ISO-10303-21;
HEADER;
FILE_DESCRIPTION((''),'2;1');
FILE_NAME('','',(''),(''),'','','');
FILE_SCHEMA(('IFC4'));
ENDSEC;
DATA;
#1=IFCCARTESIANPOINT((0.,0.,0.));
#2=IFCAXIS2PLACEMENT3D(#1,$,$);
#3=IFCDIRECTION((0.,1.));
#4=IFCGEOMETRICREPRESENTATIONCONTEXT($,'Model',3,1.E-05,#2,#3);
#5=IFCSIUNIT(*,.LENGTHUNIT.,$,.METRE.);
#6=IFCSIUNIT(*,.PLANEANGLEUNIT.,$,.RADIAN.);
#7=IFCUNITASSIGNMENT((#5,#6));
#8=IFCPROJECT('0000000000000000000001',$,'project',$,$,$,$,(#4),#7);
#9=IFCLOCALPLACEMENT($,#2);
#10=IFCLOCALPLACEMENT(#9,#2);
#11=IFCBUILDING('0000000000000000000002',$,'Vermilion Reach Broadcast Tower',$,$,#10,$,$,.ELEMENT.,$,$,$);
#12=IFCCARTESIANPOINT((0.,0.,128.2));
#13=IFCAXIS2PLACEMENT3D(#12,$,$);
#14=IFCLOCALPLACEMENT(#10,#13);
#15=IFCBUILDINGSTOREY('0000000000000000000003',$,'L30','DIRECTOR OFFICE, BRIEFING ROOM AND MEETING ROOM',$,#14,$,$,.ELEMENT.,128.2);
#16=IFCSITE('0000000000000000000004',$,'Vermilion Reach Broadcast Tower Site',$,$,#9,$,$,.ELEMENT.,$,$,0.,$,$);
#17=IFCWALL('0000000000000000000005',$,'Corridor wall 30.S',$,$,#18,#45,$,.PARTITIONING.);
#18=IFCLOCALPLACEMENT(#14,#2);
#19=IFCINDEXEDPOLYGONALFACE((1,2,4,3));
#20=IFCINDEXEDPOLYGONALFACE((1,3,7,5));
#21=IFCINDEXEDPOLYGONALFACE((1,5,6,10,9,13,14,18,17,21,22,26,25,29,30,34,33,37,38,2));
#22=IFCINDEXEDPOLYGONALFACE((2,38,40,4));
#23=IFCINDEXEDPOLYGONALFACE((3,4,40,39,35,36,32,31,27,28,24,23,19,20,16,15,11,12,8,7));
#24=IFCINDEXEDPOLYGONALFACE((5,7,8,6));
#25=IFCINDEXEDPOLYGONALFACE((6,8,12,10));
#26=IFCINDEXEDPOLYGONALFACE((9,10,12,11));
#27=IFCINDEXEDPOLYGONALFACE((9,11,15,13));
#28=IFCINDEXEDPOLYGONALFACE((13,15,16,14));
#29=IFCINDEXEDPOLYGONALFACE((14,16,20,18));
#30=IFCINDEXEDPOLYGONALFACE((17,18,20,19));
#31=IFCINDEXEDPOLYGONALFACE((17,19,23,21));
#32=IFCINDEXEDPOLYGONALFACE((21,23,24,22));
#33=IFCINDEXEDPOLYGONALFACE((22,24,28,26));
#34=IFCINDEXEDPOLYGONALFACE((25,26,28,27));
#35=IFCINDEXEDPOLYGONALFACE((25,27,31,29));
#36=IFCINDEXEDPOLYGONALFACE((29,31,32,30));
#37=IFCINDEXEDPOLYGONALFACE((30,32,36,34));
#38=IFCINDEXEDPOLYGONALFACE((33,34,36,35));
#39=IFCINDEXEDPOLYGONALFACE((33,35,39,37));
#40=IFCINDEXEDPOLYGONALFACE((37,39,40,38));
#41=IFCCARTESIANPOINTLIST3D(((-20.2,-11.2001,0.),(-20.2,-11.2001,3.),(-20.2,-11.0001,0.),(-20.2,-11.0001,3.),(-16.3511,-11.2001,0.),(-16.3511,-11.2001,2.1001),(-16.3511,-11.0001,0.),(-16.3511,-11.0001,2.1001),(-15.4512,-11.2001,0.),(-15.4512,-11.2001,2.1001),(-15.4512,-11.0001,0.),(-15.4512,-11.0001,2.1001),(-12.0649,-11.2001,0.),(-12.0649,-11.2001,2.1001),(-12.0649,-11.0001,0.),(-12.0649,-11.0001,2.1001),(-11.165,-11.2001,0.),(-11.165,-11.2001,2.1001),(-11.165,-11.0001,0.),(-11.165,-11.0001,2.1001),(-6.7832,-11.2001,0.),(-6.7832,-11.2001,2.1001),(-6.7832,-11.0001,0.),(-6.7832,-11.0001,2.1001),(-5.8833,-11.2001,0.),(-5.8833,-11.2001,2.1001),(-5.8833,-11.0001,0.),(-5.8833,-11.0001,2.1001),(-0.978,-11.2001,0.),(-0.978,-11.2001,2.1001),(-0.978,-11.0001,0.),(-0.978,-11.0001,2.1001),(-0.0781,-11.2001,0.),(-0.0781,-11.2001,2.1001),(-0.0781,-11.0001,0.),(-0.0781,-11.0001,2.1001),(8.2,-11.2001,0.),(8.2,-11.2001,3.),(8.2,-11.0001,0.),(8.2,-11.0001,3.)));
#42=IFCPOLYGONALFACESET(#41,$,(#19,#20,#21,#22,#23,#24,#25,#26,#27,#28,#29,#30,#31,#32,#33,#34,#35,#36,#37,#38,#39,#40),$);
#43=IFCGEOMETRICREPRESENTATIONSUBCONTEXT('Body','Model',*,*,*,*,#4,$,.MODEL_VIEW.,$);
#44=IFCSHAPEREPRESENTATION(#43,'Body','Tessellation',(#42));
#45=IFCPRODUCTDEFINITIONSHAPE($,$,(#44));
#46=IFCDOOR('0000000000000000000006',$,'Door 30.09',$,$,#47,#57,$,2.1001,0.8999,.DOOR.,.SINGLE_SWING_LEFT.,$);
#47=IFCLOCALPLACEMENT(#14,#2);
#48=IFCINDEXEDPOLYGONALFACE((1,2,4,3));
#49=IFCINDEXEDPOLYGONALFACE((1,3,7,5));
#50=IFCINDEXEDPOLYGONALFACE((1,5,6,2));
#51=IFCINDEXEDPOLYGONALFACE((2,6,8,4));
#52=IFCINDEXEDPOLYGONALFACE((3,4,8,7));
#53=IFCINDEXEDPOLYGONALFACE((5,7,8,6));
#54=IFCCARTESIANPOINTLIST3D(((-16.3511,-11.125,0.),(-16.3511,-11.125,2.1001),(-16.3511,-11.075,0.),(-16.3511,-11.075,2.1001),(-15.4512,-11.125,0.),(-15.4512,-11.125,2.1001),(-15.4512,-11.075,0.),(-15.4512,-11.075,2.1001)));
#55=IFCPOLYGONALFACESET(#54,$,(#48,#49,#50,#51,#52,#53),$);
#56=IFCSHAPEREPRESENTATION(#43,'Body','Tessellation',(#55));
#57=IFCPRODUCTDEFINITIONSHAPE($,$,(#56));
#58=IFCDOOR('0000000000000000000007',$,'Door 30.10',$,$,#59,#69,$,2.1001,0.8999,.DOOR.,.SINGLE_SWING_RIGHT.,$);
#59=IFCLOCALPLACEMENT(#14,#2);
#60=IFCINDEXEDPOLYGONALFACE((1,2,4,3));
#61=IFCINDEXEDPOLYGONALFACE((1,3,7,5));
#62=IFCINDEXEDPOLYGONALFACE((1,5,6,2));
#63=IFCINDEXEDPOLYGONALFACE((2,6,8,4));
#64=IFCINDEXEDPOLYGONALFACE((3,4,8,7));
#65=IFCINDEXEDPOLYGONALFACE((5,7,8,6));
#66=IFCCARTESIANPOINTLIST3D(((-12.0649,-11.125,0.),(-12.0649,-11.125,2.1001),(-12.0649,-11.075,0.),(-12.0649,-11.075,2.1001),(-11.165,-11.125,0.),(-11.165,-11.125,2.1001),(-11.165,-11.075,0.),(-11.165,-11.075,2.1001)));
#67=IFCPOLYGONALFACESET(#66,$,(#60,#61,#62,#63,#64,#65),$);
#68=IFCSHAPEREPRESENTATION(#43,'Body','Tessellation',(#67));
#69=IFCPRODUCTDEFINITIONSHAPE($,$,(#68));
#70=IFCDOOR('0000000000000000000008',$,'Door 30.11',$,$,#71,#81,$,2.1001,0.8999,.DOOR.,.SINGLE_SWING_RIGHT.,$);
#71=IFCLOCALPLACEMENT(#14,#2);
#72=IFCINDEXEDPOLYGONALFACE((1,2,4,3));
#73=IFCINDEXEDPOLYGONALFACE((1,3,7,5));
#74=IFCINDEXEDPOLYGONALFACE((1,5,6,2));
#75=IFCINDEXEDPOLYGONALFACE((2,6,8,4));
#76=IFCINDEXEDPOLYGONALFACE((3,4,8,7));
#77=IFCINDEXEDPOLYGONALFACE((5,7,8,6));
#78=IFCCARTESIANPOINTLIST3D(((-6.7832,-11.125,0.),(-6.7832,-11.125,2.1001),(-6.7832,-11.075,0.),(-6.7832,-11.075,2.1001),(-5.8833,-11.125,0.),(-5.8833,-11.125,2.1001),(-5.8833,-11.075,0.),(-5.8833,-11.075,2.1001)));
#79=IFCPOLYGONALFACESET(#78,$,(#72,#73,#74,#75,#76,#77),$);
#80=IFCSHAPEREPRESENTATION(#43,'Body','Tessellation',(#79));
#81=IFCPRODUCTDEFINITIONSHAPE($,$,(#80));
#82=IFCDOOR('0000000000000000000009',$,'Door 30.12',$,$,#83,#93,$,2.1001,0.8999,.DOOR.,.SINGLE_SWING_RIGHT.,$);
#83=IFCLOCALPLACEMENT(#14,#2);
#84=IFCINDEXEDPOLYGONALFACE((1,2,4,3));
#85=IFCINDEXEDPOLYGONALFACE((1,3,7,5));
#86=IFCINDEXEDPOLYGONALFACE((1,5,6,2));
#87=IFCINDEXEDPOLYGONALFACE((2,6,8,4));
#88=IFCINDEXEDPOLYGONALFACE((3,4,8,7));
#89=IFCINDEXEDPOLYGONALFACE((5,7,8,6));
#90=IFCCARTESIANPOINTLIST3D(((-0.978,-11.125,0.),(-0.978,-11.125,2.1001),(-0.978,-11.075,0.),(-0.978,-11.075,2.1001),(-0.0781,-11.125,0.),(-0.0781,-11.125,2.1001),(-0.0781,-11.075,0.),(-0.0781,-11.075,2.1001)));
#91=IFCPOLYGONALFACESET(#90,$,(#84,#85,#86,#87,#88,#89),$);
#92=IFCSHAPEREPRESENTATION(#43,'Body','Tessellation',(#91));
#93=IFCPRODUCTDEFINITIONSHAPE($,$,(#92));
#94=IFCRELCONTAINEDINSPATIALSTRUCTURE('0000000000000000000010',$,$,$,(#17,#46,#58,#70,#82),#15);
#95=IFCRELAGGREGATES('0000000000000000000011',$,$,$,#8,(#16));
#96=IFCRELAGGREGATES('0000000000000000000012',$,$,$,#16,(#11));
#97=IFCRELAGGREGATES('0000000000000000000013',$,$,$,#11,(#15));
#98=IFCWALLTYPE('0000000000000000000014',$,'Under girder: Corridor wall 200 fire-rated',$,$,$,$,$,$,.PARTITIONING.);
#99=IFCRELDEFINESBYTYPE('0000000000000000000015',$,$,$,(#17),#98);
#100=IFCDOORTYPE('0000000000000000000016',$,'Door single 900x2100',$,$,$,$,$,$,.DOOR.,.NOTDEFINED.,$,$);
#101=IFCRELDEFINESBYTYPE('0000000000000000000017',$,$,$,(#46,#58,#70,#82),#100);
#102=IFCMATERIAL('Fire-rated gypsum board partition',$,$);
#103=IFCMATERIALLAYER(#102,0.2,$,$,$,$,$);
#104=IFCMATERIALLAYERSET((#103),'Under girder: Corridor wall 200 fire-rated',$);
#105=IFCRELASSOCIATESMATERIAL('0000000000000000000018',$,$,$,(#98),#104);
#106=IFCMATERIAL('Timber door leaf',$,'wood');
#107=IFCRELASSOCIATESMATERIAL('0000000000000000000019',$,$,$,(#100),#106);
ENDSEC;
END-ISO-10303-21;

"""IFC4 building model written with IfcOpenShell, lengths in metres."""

from ifc_helpers import new_model, si_unit, direction, frame, frame_2d, origin, place, context, subcontext, project, spatial, rectangle, extrude, material, layer, layer_set, type_object, element, fill, save


model = new_model("IFC4")

# Units and contexts
model_context = context("Model", 3, precision=1e-05, world=origin(), true_north=direction((0.0, 1.0)))
body_context = subcontext(model_context, "Body", "Model", "MODEL_VIEW")
ifc_project = project(units=[si_unit("LENGTHUNIT", "METRE"), si_unit("PLANEANGLEUNIT", "RADIAN")], contexts=[model_context])

# Site, building, storey
site_placement = place(None, origin())
site = spatial("IfcSite", under=ifc_project, at=site_placement, Name="Vermilion Reach Broadcast Tower Site", CompositionType="ELEMENT", RefElevation=0.0)
building_placement = place(site_placement, origin())
building = spatial("IfcBuilding", under=site, at=building_placement, Name="Vermilion Reach Broadcast Tower", CompositionType="ELEMENT")
storey_placement = place(building_placement, frame((0.0, 0.0, 128.2)))
storey = spatial("IfcBuildingStorey", under=building, at=storey_placement, Name="L30", Description="DIRECTOR OFFICE, BRIEFING ROOM AND MEETING ROOM", CompositionType="ELEMENT", Elevation=128.2)

# Wall, openings, doors
ifc_material_1 = material(Name="Fire-rated gypsum board partition")
ifc_layer_1 = layer(ifc_material_1, 0.2)
ifc_layer_set_1 = layer_set([ifc_layer_1], Name="Under girder: Corridor wall 200 fire-rated")
wall_type_1 = type_object("IfcWallType", Name="Under girder: Corridor wall 200 fire-rated", PredefinedType="PARTITIONING", material=ifc_layer_set_1)
wall_1_placement = place(storey_placement, frame((8.2, -11.1001, 0.0), z_axis=(0.0, 0.0, 1.0), x_axis=(-1.0, 0.0, 0.0)))
wall_1 = element("IfcWall", 1, at=wall_1_placement, inside=storey, type_object=wall_type_1, Name="Corridor wall 30.S", PredefinedType="PARTITIONING", context=body_context, shape_type="SweptSolid", body=[
    extrude(rectangle(XDim=28.3999, YDim=0.2, at=frame_2d((14.2, 0.0))), origin(), (0.0, 0.0, 1.0), 3.0),
])
opening_1_placement = place(wall_1_placement, frame((23.6511, 0.0, 0.0)))
opening_1 = element("IfcOpeningElement", 2, at=opening_1_placement, cuts=wall_1, PredefinedType="OPENING", context=body_context, shape_type="SweptSolid", body=[
    extrude(rectangle(XDim=0.8999, YDim=2.1001, at=frame_2d((0.45, 1.05))), frame((0.0, 0.1099, 0.0), z_axis=(0.0, -1.0, 0.0), x_axis=(1.0, 0.0, 0.0)), (0.0, 0.0, 1.0), 0.22),
])
opening_2_placement = place(wall_1_placement, frame((19.365, 0.0, 0.0)))
opening_2 = element("IfcOpeningElement", 3, at=opening_2_placement, cuts=wall_1, PredefinedType="OPENING", context=body_context, shape_type="SweptSolid", body=[
    extrude(rectangle(XDim=0.8999, YDim=2.1001, at=frame_2d((0.45, 1.05))), frame((0.0, 0.1099, 0.0), z_axis=(0.0, -1.0, 0.0), x_axis=(1.0, 0.0, 0.0)), (0.0, 0.0, 1.0), 0.22),
])
opening_3_placement = place(wall_1_placement, frame((14.0833, 0.0, 0.0)))
opening_3 = element("IfcOpeningElement", 4, at=opening_3_placement, cuts=wall_1, PredefinedType="OPENING", context=body_context, shape_type="SweptSolid", body=[
    extrude(rectangle(XDim=0.8999, YDim=2.1001, at=frame_2d((0.45, 1.05))), frame((0.0, 0.1099, 0.0), z_axis=(0.0, -1.0, 0.0), x_axis=(1.0, 0.0, 0.0)), (0.0, 0.0, 1.0), 0.22),
])
opening_4_placement = place(wall_1_placement, frame((8.2781, 0.0, 0.0)))
opening_4 = element("IfcOpeningElement", 5, at=opening_4_placement, cuts=wall_1, PredefinedType="OPENING", context=body_context, shape_type="SweptSolid", body=[
    extrude(rectangle(XDim=0.8999, YDim=2.1001, at=frame_2d((0.45, 1.05))), frame((0.0, 0.1099, 0.0), z_axis=(0.0, -1.0, 0.0), x_axis=(1.0, 0.0, 0.0)), (0.0, 0.0, 1.0), 0.22),
])
ifc_material_2 = material(Name="Timber door leaf", Category="wood")
door_type_1 = type_object("IfcDoorType", Name="Door single 900x2100", OperationType="NOTDEFINED", PredefinedType="DOOR", material=ifc_material_2)
door_1_placement = place(opening_1_placement, origin())
door_1 = element("IfcDoor", 6, at=door_1_placement, inside=storey, type_object=door_type_1, Name="Door 30.09", OperationType="SINGLE_SWING_LEFT", OverallHeight=2.1001, OverallWidth=0.8999, PredefinedType="DOOR", context=body_context, shape_type="SweptSolid", body=[
    extrude(rectangle(XDim=0.8999, YDim=2.1001, at=frame_2d((0.45, 1.05))), frame((0.0, 0.0249, 0.0), z_axis=(0.0, -1.0, 0.0), x_axis=(1.0, 0.0, 0.0)), (0.0, 0.0, 1.0), 0.05),
])
fill(opening_1, door_1)
door_2_placement = place(opening_2_placement, origin())
door_2 = element("IfcDoor", 7, at=door_2_placement, inside=storey, type_object=door_type_1, Name="Door 30.10", OperationType="SINGLE_SWING_RIGHT", OverallHeight=2.1001, OverallWidth=0.8999, PredefinedType="DOOR", context=body_context, shape_type="SweptSolid", body=[
    extrude(rectangle(XDim=0.8999, YDim=2.1001, at=frame_2d((0.45, 1.05))), frame((0.0, 0.0249, 0.0), z_axis=(0.0, -1.0, 0.0), x_axis=(1.0, 0.0, 0.0)), (0.0, 0.0, 1.0), 0.05),
])
fill(opening_2, door_2)
door_3_placement = place(opening_3_placement, origin())
door_3 = element("IfcDoor", 8, at=door_3_placement, inside=storey, type_object=door_type_1, Name="Door 30.11", OperationType="SINGLE_SWING_RIGHT", OverallHeight=2.1001, OverallWidth=0.8999, PredefinedType="DOOR", context=body_context, shape_type="SweptSolid", body=[
    extrude(rectangle(XDim=0.8999, YDim=2.1001, at=frame_2d((0.45, 1.05))), frame((0.0, 0.0249, 0.0), z_axis=(0.0, -1.0, 0.0), x_axis=(1.0, 0.0, 0.0)), (0.0, 0.0, 1.0), 0.05),
])
fill(opening_3, door_3)
door_4_placement = place(opening_4_placement, origin())
door_4 = element("IfcDoor", 9, at=door_4_placement, inside=storey, type_object=door_type_1, Name="Door 30.12", OperationType="SINGLE_SWING_RIGHT", OverallHeight=2.1001, OverallWidth=0.8999, PredefinedType="DOOR", context=body_context, shape_type="SweptSolid", body=[
    extrude(rectangle(XDim=0.8999, YDim=2.1001, at=frame_2d((0.45, 1.05))), frame((0.0, 0.0249, 0.0), z_axis=(0.0, -1.0, 0.0), x_axis=(1.0, 0.0, 0.0)), (0.0, 0.0, 1.0), 0.05),
])
fill(opening_4, door_4)

save(model, "model.ifc")
